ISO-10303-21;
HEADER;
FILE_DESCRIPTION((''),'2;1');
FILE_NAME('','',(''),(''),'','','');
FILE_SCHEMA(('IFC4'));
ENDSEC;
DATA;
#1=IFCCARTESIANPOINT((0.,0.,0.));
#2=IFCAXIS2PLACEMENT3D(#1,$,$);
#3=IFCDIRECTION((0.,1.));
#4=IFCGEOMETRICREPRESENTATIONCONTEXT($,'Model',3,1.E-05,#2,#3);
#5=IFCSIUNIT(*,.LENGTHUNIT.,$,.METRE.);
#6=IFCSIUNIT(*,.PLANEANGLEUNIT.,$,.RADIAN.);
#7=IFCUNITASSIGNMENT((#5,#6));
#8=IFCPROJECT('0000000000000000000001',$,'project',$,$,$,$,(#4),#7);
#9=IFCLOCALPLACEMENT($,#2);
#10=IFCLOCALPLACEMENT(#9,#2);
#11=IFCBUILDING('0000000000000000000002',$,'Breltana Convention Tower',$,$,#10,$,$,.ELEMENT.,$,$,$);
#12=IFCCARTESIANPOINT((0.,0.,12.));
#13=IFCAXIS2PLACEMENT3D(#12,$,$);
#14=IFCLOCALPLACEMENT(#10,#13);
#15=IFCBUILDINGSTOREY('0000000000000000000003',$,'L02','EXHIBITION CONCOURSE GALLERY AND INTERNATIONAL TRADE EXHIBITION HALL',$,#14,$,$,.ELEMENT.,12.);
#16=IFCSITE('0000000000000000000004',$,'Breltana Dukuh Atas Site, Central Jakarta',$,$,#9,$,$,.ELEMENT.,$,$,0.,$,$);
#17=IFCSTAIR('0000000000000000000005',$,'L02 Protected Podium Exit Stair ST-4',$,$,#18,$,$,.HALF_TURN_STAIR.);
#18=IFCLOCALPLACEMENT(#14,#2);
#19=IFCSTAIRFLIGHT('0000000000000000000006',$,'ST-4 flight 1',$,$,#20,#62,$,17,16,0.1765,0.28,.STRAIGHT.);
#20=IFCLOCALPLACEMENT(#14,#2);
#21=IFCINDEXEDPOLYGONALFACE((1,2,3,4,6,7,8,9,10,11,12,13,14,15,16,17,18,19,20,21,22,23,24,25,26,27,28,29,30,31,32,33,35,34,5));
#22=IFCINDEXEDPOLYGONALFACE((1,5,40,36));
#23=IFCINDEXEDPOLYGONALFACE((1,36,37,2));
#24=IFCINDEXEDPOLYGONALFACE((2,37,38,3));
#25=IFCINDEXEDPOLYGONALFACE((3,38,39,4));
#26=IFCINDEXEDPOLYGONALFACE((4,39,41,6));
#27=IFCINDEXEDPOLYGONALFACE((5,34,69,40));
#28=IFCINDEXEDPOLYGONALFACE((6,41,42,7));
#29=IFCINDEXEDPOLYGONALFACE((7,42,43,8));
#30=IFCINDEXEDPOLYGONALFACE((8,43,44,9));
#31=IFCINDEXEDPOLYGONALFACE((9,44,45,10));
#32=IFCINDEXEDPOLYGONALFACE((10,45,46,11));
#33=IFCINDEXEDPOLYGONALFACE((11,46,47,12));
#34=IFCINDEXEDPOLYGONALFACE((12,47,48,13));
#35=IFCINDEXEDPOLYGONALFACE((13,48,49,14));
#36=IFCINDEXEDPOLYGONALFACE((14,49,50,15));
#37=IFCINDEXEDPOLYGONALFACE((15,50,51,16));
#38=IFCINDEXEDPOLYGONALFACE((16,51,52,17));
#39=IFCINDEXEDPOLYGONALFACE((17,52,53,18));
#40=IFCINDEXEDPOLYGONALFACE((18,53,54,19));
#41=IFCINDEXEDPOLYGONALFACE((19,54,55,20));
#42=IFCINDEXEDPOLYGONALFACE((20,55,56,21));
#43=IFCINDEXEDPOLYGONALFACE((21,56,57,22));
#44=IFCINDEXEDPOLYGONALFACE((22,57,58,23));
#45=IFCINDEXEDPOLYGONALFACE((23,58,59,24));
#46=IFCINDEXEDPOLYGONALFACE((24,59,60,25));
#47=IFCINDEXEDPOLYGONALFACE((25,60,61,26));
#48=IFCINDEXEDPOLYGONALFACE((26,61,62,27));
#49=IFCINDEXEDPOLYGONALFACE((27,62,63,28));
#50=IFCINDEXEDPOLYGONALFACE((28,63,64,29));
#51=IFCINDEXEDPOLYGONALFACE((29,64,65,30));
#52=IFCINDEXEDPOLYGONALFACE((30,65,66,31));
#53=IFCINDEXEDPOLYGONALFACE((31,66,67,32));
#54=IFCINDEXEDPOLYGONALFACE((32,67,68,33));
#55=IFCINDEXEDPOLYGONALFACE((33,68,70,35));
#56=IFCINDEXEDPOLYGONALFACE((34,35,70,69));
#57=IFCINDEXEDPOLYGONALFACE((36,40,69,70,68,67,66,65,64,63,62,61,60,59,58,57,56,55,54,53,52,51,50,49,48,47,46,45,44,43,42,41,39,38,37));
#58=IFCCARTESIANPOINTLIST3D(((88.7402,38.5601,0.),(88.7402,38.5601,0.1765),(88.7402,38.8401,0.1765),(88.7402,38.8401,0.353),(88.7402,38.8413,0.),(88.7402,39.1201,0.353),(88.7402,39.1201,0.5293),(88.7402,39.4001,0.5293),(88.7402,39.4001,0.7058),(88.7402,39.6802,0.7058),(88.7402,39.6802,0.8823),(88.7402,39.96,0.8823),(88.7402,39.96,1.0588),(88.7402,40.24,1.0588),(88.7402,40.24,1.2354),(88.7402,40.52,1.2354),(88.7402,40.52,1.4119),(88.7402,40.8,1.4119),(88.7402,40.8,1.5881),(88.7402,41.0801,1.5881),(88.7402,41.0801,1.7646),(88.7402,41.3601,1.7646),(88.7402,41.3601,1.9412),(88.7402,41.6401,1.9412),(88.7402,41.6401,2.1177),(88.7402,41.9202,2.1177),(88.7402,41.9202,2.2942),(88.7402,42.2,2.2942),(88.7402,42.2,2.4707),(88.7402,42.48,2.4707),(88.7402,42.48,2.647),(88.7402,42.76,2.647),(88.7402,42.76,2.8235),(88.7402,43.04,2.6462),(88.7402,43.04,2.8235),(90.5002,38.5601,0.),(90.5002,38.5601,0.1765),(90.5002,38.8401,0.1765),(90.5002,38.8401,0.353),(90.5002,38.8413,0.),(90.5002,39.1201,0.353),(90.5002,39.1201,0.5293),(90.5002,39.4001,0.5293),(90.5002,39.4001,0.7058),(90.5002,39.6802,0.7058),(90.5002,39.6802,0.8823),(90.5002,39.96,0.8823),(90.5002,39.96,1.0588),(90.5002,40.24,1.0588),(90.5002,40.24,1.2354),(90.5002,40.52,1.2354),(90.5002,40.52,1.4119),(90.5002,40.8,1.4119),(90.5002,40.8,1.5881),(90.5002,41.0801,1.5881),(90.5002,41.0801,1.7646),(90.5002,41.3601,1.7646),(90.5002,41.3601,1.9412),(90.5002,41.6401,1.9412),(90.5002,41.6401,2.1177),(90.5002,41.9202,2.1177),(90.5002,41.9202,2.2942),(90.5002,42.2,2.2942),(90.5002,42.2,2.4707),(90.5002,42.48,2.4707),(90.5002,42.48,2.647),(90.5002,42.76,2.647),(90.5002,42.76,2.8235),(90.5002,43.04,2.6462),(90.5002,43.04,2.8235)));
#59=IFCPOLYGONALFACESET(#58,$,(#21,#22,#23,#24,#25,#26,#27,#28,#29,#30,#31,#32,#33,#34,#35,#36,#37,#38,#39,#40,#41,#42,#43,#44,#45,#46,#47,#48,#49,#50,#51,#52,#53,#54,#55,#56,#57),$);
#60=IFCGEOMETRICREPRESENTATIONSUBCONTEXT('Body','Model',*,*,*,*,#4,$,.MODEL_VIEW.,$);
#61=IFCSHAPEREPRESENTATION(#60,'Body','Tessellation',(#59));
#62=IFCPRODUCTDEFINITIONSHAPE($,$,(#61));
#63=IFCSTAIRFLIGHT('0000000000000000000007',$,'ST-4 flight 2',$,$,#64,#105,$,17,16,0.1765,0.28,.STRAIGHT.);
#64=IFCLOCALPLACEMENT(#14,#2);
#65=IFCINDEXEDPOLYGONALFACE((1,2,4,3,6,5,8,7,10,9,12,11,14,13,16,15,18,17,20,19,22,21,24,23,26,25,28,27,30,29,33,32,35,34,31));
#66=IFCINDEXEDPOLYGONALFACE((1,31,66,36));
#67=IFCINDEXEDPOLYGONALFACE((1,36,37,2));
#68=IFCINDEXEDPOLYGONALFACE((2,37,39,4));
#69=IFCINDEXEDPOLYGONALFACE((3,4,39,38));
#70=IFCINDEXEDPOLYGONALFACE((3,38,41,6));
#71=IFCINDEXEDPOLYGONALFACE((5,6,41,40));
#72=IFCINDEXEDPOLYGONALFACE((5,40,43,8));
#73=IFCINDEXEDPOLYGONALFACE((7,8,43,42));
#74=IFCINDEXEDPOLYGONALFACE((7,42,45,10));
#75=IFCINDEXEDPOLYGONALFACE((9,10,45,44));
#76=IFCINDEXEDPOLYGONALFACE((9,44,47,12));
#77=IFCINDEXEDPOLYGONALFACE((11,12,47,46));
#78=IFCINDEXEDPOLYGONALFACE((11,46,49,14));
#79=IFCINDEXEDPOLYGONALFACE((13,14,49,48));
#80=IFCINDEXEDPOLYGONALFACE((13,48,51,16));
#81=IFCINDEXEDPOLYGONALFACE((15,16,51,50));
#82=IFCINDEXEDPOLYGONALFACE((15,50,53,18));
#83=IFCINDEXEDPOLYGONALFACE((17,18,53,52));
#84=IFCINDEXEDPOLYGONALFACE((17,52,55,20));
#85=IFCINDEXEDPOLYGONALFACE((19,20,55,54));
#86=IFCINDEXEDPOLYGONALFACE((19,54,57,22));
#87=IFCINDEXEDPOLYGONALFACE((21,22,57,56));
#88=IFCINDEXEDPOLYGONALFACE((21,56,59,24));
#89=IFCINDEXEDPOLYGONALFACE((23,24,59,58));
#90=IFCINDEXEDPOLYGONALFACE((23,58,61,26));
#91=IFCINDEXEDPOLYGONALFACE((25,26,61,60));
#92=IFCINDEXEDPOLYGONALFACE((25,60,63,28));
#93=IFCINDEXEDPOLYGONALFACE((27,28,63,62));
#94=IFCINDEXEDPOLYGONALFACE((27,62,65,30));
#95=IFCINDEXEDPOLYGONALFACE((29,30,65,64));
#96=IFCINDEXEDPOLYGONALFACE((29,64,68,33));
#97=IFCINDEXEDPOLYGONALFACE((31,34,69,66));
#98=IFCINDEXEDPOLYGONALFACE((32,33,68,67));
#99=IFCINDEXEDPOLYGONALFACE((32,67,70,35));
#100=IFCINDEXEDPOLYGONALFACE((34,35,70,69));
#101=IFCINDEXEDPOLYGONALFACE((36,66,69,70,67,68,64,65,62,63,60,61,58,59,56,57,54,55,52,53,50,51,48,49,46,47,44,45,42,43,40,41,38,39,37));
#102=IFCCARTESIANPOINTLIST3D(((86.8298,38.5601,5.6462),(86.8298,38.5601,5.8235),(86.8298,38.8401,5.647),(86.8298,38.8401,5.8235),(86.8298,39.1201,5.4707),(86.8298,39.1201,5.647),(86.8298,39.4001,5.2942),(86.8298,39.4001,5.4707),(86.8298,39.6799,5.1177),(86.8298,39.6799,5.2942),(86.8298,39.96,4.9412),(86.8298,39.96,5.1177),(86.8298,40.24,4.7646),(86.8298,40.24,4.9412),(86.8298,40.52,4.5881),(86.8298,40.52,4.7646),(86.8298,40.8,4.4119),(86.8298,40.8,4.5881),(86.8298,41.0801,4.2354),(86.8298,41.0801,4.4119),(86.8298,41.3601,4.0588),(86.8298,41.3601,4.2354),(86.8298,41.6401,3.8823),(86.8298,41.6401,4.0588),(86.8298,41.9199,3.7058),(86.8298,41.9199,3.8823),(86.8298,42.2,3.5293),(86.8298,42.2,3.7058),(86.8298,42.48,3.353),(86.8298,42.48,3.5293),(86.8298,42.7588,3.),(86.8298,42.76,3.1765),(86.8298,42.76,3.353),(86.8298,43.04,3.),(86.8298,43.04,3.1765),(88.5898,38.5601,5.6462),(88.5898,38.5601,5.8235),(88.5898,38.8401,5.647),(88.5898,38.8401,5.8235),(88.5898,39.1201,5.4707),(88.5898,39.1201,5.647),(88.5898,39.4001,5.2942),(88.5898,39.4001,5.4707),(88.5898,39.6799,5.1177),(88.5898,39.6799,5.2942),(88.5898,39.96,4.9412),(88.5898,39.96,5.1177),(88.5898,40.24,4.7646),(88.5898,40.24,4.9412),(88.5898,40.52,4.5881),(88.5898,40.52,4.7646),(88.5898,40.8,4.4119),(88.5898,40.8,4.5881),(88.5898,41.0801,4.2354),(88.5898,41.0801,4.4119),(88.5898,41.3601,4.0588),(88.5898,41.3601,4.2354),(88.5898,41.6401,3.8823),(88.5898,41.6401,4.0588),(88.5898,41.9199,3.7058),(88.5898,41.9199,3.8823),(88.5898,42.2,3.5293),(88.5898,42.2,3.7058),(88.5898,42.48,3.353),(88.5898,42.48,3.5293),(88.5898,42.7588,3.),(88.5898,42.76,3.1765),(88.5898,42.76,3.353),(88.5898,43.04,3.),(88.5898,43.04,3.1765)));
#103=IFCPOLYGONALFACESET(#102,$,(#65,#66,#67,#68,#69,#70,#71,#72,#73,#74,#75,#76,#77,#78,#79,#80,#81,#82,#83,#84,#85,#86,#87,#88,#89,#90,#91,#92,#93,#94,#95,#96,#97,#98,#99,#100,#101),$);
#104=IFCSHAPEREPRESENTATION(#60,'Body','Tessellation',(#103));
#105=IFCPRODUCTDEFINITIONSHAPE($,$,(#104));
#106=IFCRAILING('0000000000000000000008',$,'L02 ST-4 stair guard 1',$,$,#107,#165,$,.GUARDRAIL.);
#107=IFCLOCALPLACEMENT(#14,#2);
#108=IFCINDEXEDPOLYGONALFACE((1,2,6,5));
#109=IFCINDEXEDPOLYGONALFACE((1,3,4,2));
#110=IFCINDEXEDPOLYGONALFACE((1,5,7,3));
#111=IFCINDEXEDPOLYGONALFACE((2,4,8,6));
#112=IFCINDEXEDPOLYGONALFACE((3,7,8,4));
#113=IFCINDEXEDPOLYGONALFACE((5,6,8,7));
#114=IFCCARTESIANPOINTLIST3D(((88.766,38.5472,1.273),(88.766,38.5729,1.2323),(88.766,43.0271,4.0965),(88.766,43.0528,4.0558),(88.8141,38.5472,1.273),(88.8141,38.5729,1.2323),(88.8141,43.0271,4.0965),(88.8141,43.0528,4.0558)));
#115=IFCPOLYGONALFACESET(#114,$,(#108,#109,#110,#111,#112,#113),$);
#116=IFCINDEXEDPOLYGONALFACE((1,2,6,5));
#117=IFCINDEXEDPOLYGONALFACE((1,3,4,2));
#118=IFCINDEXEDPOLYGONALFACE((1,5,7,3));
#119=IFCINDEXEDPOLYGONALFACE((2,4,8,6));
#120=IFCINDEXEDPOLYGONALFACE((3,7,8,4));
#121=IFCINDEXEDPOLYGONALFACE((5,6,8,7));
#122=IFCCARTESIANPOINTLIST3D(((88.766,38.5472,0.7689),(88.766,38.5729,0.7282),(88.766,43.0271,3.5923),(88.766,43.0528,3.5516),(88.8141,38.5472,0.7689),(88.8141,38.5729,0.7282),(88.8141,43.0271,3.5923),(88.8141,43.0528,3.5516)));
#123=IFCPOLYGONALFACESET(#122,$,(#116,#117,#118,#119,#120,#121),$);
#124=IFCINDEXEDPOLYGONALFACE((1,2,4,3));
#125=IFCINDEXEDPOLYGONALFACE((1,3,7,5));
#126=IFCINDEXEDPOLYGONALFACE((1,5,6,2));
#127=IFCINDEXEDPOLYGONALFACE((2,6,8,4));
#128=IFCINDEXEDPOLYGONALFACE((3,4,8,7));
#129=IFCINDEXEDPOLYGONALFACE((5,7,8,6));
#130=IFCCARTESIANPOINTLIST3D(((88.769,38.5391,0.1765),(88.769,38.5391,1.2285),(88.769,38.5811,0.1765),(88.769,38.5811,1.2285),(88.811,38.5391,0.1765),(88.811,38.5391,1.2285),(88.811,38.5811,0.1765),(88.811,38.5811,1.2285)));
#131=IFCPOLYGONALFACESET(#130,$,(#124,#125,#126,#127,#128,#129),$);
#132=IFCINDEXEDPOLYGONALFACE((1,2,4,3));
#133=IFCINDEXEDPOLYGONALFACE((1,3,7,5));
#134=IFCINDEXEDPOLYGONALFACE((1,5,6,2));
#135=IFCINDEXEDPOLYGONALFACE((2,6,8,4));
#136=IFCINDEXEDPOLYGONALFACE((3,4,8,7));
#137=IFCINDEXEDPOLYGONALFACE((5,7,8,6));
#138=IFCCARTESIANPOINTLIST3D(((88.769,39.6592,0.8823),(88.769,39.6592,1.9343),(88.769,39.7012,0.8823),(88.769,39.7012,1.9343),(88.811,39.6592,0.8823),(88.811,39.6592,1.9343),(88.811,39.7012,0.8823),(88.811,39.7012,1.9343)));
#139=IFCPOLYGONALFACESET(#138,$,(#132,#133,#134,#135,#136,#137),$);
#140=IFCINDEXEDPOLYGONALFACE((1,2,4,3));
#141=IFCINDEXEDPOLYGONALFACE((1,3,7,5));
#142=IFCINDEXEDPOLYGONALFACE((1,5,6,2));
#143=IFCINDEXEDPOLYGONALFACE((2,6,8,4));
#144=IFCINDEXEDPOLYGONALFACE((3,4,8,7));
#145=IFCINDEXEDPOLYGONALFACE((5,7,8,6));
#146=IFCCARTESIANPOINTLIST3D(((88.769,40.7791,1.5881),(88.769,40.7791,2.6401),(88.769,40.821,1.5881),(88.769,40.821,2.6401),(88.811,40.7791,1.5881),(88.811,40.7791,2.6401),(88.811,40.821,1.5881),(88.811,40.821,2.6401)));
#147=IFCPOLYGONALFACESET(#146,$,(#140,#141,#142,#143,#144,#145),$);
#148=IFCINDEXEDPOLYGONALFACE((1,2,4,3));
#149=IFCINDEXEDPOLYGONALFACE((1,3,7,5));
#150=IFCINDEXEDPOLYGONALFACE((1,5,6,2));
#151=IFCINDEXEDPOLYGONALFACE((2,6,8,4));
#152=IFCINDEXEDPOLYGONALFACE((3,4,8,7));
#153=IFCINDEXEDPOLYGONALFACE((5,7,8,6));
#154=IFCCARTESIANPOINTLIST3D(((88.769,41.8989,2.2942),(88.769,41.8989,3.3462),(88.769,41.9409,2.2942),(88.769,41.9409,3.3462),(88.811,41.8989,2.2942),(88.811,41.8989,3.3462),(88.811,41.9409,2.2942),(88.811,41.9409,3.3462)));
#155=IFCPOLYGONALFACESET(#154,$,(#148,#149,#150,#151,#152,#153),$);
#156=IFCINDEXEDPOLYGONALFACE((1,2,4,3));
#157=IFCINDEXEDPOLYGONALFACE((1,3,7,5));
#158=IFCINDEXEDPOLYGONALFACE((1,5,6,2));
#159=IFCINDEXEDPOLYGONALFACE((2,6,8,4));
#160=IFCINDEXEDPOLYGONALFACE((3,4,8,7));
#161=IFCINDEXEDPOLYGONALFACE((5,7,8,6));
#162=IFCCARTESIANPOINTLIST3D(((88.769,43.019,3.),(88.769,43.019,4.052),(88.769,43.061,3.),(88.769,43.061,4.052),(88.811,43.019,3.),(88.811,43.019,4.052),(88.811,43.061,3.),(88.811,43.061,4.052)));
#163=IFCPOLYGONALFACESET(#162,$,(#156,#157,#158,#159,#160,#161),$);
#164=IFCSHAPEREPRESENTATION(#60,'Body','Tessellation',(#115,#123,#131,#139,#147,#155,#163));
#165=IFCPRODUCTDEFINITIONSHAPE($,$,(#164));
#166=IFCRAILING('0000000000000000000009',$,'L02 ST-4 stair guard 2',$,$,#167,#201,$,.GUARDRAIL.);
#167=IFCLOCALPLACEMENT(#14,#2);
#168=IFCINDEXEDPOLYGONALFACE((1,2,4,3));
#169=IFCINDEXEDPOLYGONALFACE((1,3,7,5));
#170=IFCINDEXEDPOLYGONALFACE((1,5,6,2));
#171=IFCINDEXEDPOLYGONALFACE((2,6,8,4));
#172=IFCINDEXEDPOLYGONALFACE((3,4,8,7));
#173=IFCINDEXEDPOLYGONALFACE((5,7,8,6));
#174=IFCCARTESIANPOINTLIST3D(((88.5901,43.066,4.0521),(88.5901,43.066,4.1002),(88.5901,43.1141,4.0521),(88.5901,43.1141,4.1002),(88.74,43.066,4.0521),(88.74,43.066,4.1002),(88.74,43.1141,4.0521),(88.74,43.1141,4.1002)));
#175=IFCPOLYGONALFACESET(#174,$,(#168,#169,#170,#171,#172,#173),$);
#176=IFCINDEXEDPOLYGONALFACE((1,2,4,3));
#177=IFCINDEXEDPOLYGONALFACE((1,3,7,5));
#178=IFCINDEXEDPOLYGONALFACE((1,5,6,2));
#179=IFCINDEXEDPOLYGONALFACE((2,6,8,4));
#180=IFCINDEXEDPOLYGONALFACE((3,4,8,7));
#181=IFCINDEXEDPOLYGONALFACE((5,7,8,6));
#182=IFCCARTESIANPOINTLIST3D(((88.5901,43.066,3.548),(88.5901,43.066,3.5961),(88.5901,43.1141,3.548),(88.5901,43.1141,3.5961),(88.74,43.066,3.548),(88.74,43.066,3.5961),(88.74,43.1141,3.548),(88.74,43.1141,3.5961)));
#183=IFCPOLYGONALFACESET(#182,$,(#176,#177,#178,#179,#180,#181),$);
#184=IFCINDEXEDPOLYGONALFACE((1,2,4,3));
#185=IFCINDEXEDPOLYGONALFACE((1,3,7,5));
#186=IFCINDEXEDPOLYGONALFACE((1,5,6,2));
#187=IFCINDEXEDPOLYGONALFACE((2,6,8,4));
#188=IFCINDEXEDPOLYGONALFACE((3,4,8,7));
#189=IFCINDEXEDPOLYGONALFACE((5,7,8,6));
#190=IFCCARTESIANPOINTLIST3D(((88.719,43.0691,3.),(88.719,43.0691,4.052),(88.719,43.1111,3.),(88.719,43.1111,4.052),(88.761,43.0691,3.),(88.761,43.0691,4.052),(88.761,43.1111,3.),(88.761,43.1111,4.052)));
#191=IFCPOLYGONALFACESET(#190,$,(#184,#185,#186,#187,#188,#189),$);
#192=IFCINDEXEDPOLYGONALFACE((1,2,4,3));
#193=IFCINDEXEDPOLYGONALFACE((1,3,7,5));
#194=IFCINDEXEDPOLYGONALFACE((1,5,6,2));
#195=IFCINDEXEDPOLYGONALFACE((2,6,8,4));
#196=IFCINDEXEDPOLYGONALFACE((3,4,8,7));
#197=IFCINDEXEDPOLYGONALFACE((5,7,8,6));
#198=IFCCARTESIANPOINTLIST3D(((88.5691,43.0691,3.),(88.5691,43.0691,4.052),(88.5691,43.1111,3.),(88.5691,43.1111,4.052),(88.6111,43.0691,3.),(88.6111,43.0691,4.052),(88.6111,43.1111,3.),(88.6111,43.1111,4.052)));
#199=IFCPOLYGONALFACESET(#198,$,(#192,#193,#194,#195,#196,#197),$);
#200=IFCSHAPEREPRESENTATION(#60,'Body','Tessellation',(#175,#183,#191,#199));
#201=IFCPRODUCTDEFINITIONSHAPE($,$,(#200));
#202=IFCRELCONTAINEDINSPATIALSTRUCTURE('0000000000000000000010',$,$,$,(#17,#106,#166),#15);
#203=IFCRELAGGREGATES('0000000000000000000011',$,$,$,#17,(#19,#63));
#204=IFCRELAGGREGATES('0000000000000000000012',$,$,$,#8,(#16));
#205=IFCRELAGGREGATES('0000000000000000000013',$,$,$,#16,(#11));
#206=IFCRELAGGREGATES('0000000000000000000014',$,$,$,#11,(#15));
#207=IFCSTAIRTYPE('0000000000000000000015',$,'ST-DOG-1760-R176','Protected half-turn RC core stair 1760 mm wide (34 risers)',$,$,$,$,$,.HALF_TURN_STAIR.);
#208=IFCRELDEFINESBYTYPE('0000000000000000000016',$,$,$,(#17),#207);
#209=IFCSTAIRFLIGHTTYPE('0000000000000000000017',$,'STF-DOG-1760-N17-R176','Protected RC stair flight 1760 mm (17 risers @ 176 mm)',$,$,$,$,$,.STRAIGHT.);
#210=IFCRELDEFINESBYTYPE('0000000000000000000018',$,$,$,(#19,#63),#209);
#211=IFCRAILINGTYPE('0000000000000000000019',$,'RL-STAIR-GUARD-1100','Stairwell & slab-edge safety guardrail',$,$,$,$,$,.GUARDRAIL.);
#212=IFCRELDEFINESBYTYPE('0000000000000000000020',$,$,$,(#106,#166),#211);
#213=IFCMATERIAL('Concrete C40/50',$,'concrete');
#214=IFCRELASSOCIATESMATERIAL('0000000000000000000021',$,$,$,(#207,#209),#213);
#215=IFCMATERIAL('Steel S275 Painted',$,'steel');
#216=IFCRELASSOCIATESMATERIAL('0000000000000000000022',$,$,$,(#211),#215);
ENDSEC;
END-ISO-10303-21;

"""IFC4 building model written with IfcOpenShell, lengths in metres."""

from ifc_helpers import new_model, si_unit, direction, frame, origin, origin_2d, place, context, subcontext, project, spatial, polyline, rectangle, outline, extrude, material, type_object, element, aggregate, save


model = new_model("IFC4")

# Units and contexts
model_context = context("Model", 3, precision=1e-05, world=origin(), true_north=direction((0.0, 1.0)))
body_context = subcontext(model_context, "Body", "Model", "MODEL_VIEW")
ifc_project = project(units=[si_unit("LENGTHUNIT", "METRE"), si_unit("PLANEANGLEUNIT", "RADIAN")], contexts=[model_context])

# Site, building, storey
site_placement = place(None, origin())
site = spatial("IfcSite", under=ifc_project, at=site_placement, Name="Breltana Dukuh Atas Site, Central Jakarta", CompositionType="ELEMENT", RefElevation=0.0)
building_placement = place(site_placement, origin())
building = spatial("IfcBuilding", under=site, at=building_placement, Name="Breltana Convention Tower", CompositionType="ELEMENT")
storey_placement = place(building_placement, frame((0.0, 0.0, 12.0)))
storey = spatial("IfcBuildingStorey", under=building, at=storey_placement, Name="L02", Description="EXHIBITION CONCOURSE GALLERY AND INTERNATIONAL TRADE EXHIBITION HALL", CompositionType="ELEMENT", Elevation=12.0)

# Shared definitions
ifc_material_1 = material(Name="Concrete C40/50", Category="concrete")

# Stair, stair flights
stair_type = type_object("IfcStairType", Name="ST-DOG-1760-R176", Description="Protected half-turn RC core stair 1760 mm wide (34 risers)", PredefinedType="HALF_TURN_STAIR", material=ifc_material_1)
stair_placement = place(storey_placement, origin())
stair = element("IfcStair", 1, at=stair_placement, inside=storey, type_object=stair_type, Name="L02 Protected Podium Exit Stair ST-4", PredefinedType="HALF_TURN_STAIR")
stair_flight_type = type_object("IfcStairFlightType", Name="STF-DOG-1760-N17-R176", Description="Protected RC stair flight 1760 mm (17 risers @ 176 mm)", PredefinedType="STRAIGHT", material=ifc_material_1)
stair_flight_1_placement = place(storey_placement, frame((89.6201, 38.5601, 0.0), z_axis=(0.0, 0.0, 1.0), x_axis=(0.0, 1.0, 0.0)))
stair_flight_1 = element("IfcStairFlight", 2, at=stair_flight_1_placement, type_object=stair_flight_type, Name="ST-4 flight 1", NumberOfRisers=17, NumberOfTreads=16, PredefinedType="STRAIGHT", RiserHeight=0.1765, TreadLength=0.28, context=body_context, shape_type="SweptSolid", body=[
    extrude(outline(polyline([(0.0, 0.0), (0.0, 0.1765), (0.28, 0.1765), (0.28, 0.353), (0.5601, 0.353), (0.5601, 0.5293), (0.8401, 0.5293), (0.8401, 0.7058), (1.1201, 0.7058), (1.1201, 0.8823), (1.3999, 0.8823), (1.3999, 1.0588), (1.6799, 1.0588), (1.6799, 1.2354), (1.96, 1.2354), (1.96, 1.4119), (2.24, 1.4119), (2.24, 1.5881), (2.52, 1.5881), (2.52, 1.7646), (2.8, 1.7646), (2.8, 1.9412), (3.0801, 1.9412), (3.0801, 2.1177), (3.3601, 2.1177), (3.3601, 2.2942), (3.6399, 2.2942), (3.6399, 2.4707), (3.9199, 2.4707), (3.9199, 2.647), (4.2, 2.647), (4.2, 2.8235), (4.48, 2.8235), (4.48, 3.0), (4.48, 2.6462), (0.2812, 0.0), (0.0, 0.0)])), frame((0.0, 0.8799, 0.0), z_axis=(0.0, -1.0, 0.0), x_axis=(1.0, 0.0, 0.0)), (0.0, 0.0, 1.0), 1.76),
])
stair_flight_2_placement = place(storey_placement, frame((87.71, 43.04, 3.0), z_axis=(0.0, 0.0, 1.0), x_axis=(0.0, -1.0, 0.0)))
stair_flight_2 = element("IfcStairFlight", 3, at=stair_flight_2_placement, type_object=stair_flight_type, Name="ST-4 flight 2", NumberOfRisers=17, NumberOfTreads=16, PredefinedType="STRAIGHT", RiserHeight=0.1765, TreadLength=0.28, context=body_context, shape_type="SweptSolid", body=[
    extrude(outline(polyline([(0.0, 0.0), (0.0, 0.1765), (0.28, 0.1765), (0.28, 0.353), (0.5601, 0.353), (0.5601, 0.5293), (0.8401, 0.5293), (0.8401, 0.7058), (1.1201, 0.7058), (1.1201, 0.8823), (1.3999, 0.8823), (1.3999, 1.0588), (1.6799, 1.0588), (1.6799, 1.2354), (1.96, 1.2354), (1.96, 1.4119), (2.24, 1.4119), (2.24, 1.5881), (2.52, 1.5881), (2.52, 1.7646), (2.8, 1.7646), (2.8, 1.9412), (3.0801, 1.9412), (3.0801, 2.1177), (3.3601, 2.1177), (3.3601, 2.2942), (3.6399, 2.2942), (3.6399, 2.4707), (3.9199, 2.4707), (3.9199, 2.647), (4.2, 2.647), (4.2, 2.8235), (4.48, 2.8235), (4.48, 3.0), (4.48, 2.6462), (0.2812, 0.0), (0.0, 0.0)])), frame((0.0, 0.8799, 0.0), z_axis=(0.0, -1.0, 0.0), x_axis=(1.0, 0.0, 0.0)), (0.0, 0.0, 1.0), 1.76),
])
aggregate(stair, [stair_flight_1, stair_flight_2])

# Railings
ifc_material_2 = material(Name="Steel S275 Painted", Category="steel")
railing_type_1 = type_object("IfcRailingType", Name="RL-STAIR-GUARD-1100", Description="Stairwell & slab-edge safety guardrail", PredefinedType="GUARDRAIL", material=ifc_material_2)
railing_1_placement = place(storey_placement, frame((88.79, 38.5601, 0.1765)))
element("IfcRailing", 4, at=railing_1_placement, inside=storey, type_object=railing_type_1, Name="L02 ST-4 stair guard 1", PredefinedType="GUARDRAIL", context=body_context, shape_type="SweptSolid", body=[
    extrude(rectangle(XDim=0.0481, YDim=0.0481, at=origin_2d()), frame((0.0, 0.0, 1.0762), z_axis=(0.0, 0.845998, 0.533186), x_axis=(-1.0, 0.0, 0.0)), (0.0, 0.0, 1.0), 5.2954),
    extrude(rectangle(XDim=0.0481, YDim=0.0481, at=origin_2d()), frame((0.0, 0.0, 0.572), z_axis=(0.0, 0.845998, 0.533186), x_axis=(-1.0, 0.0, 0.0)), (0.0, 0.0, 1.0), 5.2954),
    extrude(rectangle(XDim=0.042, YDim=0.042, at=origin_2d()), origin(), (0.0, 0.0, 1.0), 1.052),
    extrude(rectangle(XDim=0.042, YDim=0.042, at=origin_2d()), frame((0.0, 1.1201, 0.7058)), (0.0, 0.0, 1.0), 1.052),
    extrude(rectangle(XDim=0.042, YDim=0.042, at=origin_2d()), frame((0.0, 2.24, 1.4116)), (0.0, 0.0, 1.0), 1.052),
    extrude(rectangle(XDim=0.042, YDim=0.042, at=origin_2d()), frame((0.0, 3.3599, 2.1177)), (0.0, 0.0, 1.0), 1.052),
    extrude(rectangle(XDim=0.042, YDim=0.042, at=origin_2d()), frame((0.0, 4.48, 2.8235)), (0.0, 0.0, 1.0), 1.052),
])
railing_2_placement = place(storey_placement, frame((88.74, 43.0901, 3.0)))
element("IfcRailing", 5, at=railing_2_placement, inside=storey, type_object=railing_type_1, Name="L02 ST-4 stair guard 2", PredefinedType="GUARDRAIL", context=body_context, shape_type="SweptSolid", body=[
    extrude(rectangle(XDim=0.0481, YDim=0.0481, at=origin_2d()), frame((0.0, 0.0, 1.0762), z_axis=(-1.0, 0.0, 0.0), x_axis=(0.0, -1.0, 0.0)), (0.0, 0.0, 1.0), 0.1499),
    extrude(rectangle(XDim=0.0481, YDim=0.0481, at=origin_2d()), frame((0.0, 0.0, 0.572), z_axis=(-1.0, 0.0, 0.0), x_axis=(0.0, -1.0, 0.0)), (0.0, 0.0, 1.0), 0.1499),
    extrude(rectangle(XDim=0.042, YDim=0.042, at=origin_2d()), origin(), (0.0, 0.0, 1.0), 1.052),
    extrude(rectangle(XDim=0.042, YDim=0.042, at=origin_2d()), frame((-0.1499, 0.0, 0.0)), (0.0, 0.0, 1.0), 1.052),
])

save(model, "model.ifc")
